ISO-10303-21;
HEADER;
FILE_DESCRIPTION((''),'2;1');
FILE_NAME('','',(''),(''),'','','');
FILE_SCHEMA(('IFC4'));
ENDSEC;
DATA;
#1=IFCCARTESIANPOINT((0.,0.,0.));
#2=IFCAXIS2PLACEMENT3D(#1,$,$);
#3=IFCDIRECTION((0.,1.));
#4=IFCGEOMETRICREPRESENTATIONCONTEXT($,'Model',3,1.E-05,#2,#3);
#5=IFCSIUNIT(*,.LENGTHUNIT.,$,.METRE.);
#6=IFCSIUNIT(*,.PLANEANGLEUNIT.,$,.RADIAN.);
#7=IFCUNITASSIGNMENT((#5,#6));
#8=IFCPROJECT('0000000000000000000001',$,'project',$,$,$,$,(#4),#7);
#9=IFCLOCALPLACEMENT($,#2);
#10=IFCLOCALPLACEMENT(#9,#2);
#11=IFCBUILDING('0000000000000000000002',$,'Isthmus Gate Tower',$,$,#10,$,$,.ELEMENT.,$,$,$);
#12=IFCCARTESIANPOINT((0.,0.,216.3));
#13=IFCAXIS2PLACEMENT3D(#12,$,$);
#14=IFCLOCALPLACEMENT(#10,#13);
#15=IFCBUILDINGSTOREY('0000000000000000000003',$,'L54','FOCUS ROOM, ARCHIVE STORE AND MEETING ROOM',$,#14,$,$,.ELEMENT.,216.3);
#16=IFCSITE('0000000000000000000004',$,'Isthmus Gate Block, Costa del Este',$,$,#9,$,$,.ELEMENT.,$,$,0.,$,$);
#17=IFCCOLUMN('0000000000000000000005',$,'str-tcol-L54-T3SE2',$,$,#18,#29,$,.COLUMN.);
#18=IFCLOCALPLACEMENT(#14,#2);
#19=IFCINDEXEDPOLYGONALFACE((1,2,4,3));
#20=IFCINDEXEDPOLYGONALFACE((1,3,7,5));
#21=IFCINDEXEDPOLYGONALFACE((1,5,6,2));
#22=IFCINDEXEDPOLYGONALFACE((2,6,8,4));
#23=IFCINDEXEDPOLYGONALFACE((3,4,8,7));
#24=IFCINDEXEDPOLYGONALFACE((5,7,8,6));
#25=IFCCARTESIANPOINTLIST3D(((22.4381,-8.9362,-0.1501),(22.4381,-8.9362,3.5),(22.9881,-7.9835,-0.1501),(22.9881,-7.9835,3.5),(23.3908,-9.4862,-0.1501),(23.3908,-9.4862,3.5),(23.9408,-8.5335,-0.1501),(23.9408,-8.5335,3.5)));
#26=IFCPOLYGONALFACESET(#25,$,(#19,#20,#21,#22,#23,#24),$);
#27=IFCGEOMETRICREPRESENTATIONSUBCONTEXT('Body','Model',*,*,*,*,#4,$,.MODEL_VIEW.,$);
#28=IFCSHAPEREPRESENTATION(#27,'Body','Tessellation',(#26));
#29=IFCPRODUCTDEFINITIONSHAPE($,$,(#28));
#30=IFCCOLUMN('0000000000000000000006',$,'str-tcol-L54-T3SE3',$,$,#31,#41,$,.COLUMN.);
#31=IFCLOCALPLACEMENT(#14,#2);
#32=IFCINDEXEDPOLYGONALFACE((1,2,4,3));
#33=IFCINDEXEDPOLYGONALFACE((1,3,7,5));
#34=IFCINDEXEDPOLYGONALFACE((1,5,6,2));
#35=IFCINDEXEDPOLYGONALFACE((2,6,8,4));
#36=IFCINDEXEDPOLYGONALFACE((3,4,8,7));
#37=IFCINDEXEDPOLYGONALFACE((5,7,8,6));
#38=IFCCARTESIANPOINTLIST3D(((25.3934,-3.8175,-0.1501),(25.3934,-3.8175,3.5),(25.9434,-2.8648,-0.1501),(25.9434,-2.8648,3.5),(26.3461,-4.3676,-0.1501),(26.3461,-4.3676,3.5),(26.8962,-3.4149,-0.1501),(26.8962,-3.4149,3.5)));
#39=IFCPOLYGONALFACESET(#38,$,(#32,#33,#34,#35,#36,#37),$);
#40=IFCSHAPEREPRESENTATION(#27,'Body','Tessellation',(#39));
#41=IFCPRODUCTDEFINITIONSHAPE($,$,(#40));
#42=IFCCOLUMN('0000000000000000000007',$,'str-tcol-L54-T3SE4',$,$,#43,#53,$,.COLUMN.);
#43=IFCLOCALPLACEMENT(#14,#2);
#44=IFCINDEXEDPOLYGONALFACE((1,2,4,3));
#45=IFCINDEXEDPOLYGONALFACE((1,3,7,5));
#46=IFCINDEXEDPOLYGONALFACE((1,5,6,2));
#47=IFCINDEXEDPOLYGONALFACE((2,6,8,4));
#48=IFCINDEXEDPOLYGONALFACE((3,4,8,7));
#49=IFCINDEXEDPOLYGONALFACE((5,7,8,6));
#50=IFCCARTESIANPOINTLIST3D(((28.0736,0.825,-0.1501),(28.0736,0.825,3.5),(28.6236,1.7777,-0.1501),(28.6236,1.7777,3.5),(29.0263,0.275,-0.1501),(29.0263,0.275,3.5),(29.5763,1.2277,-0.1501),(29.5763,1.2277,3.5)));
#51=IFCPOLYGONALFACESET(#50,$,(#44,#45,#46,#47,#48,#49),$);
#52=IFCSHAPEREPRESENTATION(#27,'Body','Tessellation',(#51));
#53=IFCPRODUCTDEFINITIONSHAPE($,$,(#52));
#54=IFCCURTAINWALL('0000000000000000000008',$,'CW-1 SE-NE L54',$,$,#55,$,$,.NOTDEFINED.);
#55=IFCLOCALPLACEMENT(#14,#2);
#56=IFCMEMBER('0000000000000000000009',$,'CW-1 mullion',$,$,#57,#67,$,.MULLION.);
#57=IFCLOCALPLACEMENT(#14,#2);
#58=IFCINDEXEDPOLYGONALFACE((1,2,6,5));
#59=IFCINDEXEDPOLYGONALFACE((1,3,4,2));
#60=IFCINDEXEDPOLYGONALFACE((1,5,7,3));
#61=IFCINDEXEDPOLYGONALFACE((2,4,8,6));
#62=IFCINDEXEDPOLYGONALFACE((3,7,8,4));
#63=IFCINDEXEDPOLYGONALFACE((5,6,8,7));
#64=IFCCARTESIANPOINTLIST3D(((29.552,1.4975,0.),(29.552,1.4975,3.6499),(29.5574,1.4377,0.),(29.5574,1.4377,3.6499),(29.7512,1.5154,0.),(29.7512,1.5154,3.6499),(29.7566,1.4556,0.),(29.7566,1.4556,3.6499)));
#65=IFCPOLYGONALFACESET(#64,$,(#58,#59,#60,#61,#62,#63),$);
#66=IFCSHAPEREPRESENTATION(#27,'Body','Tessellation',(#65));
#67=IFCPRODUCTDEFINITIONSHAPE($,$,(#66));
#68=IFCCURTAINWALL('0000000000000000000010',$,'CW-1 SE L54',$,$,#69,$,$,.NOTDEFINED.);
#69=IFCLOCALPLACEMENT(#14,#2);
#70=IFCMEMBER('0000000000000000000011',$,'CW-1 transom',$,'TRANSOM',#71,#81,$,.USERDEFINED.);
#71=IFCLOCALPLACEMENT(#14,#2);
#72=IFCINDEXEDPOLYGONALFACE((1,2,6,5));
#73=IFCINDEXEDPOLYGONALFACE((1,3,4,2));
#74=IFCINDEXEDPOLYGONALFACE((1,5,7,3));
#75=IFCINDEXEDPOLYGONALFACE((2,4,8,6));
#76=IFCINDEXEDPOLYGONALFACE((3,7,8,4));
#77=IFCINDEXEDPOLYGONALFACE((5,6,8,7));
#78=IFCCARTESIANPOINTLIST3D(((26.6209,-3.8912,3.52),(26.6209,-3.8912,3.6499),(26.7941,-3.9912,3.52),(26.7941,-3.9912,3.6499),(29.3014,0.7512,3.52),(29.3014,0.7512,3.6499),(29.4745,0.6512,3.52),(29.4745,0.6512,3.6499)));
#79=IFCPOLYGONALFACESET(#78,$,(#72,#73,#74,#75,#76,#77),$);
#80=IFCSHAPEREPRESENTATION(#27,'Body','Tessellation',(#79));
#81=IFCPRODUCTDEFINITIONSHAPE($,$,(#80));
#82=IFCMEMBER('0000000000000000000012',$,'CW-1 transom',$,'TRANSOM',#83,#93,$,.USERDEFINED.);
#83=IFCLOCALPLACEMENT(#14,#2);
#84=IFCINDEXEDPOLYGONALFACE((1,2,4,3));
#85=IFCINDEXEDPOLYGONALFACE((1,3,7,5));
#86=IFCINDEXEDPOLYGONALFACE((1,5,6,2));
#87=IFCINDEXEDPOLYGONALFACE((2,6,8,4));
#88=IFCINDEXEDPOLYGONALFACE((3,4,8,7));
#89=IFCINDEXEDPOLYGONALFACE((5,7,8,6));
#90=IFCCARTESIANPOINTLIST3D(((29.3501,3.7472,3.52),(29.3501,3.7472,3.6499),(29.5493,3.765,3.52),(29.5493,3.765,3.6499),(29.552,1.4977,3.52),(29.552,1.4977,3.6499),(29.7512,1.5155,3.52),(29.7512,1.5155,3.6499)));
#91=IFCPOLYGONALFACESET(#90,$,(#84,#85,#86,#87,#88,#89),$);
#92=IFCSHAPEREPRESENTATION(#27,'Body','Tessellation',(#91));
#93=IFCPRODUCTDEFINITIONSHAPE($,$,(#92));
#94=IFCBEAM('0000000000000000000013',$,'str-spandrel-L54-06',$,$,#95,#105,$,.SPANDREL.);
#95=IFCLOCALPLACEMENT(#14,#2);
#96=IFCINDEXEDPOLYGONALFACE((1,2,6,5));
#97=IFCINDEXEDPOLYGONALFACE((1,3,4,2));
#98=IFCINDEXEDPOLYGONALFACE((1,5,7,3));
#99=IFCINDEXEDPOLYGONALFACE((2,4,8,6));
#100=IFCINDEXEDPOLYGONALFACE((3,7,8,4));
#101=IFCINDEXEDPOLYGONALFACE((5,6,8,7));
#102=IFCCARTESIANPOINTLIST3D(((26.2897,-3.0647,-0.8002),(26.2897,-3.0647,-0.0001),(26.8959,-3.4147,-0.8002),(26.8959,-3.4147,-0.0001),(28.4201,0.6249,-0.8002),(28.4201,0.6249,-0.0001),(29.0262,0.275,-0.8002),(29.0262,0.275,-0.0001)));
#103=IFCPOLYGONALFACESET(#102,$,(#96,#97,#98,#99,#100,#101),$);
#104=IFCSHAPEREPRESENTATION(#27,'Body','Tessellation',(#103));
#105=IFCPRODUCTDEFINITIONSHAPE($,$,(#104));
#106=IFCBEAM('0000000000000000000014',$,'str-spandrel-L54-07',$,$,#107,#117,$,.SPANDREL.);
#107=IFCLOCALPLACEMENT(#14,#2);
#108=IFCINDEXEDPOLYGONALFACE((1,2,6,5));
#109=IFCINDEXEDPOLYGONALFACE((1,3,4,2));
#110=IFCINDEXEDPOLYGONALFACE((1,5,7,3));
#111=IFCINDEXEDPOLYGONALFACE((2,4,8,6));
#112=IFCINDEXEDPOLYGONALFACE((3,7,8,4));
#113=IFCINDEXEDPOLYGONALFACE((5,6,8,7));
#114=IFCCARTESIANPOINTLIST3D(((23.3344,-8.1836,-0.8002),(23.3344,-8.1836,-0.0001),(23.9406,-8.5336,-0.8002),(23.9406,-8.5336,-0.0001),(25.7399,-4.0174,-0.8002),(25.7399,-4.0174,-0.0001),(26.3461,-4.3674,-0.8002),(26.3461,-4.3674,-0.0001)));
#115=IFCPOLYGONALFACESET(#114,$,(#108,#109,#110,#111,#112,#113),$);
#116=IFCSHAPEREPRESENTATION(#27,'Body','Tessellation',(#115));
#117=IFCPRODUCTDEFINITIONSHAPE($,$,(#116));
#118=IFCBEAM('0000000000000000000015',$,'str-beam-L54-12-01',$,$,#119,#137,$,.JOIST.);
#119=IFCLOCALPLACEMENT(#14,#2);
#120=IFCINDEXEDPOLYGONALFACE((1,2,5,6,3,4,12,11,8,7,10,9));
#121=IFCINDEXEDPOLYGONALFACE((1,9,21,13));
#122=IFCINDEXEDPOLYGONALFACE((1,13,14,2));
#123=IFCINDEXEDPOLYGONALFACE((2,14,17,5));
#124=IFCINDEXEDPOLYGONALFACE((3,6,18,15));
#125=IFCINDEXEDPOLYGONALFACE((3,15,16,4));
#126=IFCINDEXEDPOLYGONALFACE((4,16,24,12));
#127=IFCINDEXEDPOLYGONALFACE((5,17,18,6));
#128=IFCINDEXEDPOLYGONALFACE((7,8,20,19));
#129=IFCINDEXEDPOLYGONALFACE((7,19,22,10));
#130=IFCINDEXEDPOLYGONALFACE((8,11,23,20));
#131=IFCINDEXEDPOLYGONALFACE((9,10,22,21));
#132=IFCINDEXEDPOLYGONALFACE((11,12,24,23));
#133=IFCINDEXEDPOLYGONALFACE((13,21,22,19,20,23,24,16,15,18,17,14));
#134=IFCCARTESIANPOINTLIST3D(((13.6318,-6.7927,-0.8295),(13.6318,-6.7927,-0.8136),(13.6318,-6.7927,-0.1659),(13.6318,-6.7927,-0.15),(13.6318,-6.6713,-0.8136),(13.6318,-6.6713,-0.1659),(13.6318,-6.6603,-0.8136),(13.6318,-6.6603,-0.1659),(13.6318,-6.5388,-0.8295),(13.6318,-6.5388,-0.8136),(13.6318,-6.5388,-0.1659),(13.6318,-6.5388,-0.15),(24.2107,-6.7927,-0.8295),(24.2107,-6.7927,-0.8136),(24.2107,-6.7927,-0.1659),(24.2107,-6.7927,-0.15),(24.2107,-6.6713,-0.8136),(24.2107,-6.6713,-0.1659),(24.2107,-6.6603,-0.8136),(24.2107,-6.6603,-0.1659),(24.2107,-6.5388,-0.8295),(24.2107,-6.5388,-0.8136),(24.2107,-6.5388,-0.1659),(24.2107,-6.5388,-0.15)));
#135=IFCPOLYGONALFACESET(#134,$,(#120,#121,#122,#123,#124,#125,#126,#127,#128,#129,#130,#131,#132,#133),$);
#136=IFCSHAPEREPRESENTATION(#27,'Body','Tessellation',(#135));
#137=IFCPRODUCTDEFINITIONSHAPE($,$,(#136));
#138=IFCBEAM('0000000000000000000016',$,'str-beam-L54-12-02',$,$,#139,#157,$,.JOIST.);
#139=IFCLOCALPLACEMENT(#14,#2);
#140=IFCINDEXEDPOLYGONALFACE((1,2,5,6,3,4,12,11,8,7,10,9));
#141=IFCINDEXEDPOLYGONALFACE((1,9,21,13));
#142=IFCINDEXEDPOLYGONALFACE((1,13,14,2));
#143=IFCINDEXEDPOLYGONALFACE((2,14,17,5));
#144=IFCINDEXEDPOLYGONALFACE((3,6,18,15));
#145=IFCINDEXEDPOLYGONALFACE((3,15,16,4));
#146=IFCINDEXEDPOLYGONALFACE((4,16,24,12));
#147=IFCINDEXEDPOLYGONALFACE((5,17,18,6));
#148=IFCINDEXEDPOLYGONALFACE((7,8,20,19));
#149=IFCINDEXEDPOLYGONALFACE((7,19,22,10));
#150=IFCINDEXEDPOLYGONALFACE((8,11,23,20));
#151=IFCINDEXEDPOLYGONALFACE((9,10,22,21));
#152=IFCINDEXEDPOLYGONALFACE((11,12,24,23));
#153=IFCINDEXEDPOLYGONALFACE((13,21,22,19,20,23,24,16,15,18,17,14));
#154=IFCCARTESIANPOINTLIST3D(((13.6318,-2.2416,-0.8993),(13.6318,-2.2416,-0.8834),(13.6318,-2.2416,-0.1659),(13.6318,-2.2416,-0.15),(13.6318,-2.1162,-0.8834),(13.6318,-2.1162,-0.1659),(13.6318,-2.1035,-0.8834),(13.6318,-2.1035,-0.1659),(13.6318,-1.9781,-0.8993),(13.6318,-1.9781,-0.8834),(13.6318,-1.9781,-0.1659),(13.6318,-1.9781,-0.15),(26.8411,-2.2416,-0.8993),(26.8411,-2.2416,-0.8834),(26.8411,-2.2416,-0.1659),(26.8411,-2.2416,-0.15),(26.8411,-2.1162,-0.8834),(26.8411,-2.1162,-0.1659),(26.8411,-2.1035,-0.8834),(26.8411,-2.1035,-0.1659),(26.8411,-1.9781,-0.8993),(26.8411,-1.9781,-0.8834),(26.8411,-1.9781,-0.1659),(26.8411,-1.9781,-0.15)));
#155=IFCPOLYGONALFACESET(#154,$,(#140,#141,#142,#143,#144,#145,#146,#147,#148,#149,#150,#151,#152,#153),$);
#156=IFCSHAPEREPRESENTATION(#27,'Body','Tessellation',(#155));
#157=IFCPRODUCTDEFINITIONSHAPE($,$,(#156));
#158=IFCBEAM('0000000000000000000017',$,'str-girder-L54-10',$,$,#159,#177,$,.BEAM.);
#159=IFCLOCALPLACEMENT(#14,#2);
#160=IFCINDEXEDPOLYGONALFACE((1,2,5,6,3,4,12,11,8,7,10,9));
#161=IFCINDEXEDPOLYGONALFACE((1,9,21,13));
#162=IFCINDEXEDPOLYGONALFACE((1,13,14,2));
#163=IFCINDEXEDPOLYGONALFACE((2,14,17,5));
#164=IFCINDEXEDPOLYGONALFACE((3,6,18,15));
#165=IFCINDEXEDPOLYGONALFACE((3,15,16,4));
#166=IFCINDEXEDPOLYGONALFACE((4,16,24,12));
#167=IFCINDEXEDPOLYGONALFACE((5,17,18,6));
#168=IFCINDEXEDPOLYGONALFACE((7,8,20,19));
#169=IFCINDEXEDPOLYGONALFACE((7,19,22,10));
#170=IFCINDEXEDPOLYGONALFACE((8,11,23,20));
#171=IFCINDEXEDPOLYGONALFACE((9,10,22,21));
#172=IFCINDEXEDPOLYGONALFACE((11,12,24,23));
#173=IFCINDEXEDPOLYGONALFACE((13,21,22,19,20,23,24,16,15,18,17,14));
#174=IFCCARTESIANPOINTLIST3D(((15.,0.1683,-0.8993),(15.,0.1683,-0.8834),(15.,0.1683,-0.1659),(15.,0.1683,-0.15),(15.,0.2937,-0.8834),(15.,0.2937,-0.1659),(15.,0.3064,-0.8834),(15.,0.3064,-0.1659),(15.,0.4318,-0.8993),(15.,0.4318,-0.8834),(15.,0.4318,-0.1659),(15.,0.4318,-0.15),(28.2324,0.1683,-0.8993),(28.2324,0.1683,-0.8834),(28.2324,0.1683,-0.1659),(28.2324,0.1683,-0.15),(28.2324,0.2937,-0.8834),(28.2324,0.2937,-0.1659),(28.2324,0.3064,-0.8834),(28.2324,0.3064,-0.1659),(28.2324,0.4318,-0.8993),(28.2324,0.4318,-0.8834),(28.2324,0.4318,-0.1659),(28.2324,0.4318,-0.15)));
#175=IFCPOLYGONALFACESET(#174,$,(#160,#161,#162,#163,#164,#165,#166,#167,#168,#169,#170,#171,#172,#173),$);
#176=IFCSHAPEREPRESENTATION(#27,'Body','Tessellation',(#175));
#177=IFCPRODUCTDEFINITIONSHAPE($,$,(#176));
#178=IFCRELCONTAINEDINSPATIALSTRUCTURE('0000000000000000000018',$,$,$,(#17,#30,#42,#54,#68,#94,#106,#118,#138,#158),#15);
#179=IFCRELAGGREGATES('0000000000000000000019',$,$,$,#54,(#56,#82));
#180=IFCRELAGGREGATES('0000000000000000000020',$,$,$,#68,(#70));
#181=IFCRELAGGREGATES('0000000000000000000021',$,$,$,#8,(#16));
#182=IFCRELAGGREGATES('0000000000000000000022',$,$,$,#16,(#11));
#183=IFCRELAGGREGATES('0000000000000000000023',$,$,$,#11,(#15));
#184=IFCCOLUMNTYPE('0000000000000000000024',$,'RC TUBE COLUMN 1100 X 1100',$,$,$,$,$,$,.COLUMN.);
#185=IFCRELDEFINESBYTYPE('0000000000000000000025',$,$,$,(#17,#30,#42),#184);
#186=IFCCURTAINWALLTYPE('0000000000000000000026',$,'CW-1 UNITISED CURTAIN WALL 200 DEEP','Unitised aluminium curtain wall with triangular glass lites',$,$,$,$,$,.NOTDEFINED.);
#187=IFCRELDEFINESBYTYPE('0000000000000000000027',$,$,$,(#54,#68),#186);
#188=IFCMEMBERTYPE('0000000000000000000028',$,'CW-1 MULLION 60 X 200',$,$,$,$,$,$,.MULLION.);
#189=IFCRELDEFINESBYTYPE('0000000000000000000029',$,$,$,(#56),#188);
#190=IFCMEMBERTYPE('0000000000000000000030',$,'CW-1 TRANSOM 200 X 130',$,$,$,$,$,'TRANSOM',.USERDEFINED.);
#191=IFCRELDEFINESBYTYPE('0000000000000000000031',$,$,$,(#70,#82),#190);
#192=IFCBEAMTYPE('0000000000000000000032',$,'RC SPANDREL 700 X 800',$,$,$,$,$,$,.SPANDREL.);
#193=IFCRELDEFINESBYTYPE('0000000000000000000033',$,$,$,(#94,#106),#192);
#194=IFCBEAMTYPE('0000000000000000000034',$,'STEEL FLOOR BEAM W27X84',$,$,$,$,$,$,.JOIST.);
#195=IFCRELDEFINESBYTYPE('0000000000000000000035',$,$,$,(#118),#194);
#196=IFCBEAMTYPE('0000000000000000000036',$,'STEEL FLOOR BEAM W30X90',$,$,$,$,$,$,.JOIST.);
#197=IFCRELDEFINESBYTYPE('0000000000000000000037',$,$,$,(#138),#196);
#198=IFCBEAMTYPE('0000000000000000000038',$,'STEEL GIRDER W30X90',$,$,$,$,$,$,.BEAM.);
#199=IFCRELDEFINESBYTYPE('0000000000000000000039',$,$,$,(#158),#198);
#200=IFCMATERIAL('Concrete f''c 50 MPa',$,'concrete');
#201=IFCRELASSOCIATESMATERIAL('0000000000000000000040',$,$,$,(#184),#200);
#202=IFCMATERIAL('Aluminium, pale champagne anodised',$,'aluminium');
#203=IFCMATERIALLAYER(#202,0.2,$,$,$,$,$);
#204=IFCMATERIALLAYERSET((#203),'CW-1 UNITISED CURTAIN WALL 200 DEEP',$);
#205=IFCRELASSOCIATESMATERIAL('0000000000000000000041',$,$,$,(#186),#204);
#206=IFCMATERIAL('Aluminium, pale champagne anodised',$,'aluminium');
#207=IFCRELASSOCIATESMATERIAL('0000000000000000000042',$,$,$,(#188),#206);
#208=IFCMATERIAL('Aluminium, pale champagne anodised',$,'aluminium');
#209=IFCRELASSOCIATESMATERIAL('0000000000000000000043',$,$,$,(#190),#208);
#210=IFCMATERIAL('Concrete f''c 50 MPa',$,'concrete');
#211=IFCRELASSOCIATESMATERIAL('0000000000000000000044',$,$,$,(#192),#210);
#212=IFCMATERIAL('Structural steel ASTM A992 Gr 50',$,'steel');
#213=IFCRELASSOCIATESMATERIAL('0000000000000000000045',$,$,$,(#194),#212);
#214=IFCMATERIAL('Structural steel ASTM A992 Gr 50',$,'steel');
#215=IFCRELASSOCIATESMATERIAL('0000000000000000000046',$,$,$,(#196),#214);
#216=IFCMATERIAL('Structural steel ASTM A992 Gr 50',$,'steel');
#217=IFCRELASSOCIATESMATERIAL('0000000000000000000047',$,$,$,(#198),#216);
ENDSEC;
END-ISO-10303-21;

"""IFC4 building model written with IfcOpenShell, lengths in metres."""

from ifc_helpers import new_model, si_unit, direction, frame, origin, origin_2d, place, context, subcontext, project, spatial, rectangle, i_section, extrude, material, layer, layer_set, material_profile, profile_set, type_object, element, aggregate, save


model = new_model("IFC4")

# Units and contexts
model_context = context("Model", 3, precision=1e-05, world=origin(), true_north=direction((0.0, 1.0)))
body_context = subcontext(model_context, "Body", "Model", "MODEL_VIEW")
ifc_project = project(units=[si_unit("LENGTHUNIT", "METRE"), si_unit("PLANEANGLEUNIT", "RADIAN")], contexts=[model_context])

# Site, building, storey
site_placement = place(None, origin())
site = spatial("IfcSite", under=ifc_project, at=site_placement, Name="Isthmus Gate Block, Costa del Este", CompositionType="ELEMENT", RefElevation=0.0)
building_placement = place(site_placement, origin())
building = spatial("IfcBuilding", under=site, at=building_placement, Name="Isthmus Gate Tower", CompositionType="ELEMENT")
storey_placement = place(building_placement, frame((0.0, 0.0, 216.3)))
storey = spatial("IfcBuildingStorey", under=building, at=storey_placement, Name="L54", Description="FOCUS ROOM, ARCHIVE STORE AND MEETING ROOM", CompositionType="ELEMENT", Elevation=216.3)

# Columns
ifc_material_1 = material(Name="Concrete f'c 50 MPa", Category="concrete")
ifc_material_profile_1 = material_profile(ifc_material_1, rectangle(XDim=1.1001, YDim=1.1001, at=origin_2d()), Name="RC 1100X1100")
ifc_profile_set_1 = profile_set([ifc_material_profile_1], Name="Concrete f'c 50 MPa")
column_type = type_object("IfcColumnType", Name="RC TUBE COLUMN 1100 X 1100", PredefinedType="COLUMN", material=ifc_profile_set_1)
for number, where, z_axis, x_axis, name in (
    (1, (23.1895, -8.7349, -0.1501), (0.0, 0.0, 1.0), (0.5, 0.866025, 0.0), "str-tcol-L54-T3SE2"),
    (2, (26.1448, -3.6162, -0.1501), (0.0, 0.0, 1.0), (0.5, 0.866025, 0.0), "str-tcol-L54-T3SE3"),
    (3, (28.825, 1.0264, -0.1501), (0.0, 0.0, 1.0), (0.5, 0.866025, 0.0), "str-tcol-L54-T3SE4"),
):
    element("IfcColumn", number, at=place(storey_placement, frame(where, z_axis=z_axis, x_axis=x_axis)), inside=storey, type_object=column_type, Name=name, PredefinedType="COLUMN", context=body_context, shape_type="SweptSolid", body=[
        extrude(rectangle(XDim=1.1001, YDim=1.1001, at=origin_2d()), origin(), (0.0, 0.0, 1.0), 3.6501),
    ])

# Curtain walls, members
ifc_material_2 = material(Name="Aluminium, pale champagne anodised", Category="aluminium")
ifc_layer_1 = layer(ifc_material_2, 0.2)
ifc_layer_set_1 = layer_set([ifc_layer_1], Name="CW-1 UNITISED CURTAIN WALL 200 DEEP")
curtain_wall_type = type_object("IfcCurtainWallType", Name="CW-1 UNITISED CURTAIN WALL 200 DEEP", Description="Unitised aluminium curtain wall with triangular glass lites", PredefinedType="NOTDEFINED", material=ifc_layer_set_1)
curtain_wall_1_placement = place(storey_placement, origin())
curtain_wall_1 = element("IfcCurtainWall", 4, at=curtain_wall_1_placement, inside=storey, type_object=curtain_wall_type, Name="CW-1 SE-NE L54", PredefinedType="NOTDEFINED")
ifc_material_3 = material(Name="Aluminium, pale champagne anodised", Category="aluminium")
ifc_material_profile_2 = material_profile(ifc_material_3, rectangle(XDim=0.0601, YDim=0.2, at=origin_2d()), Name="60x200")
ifc_profile_set_2 = profile_set([ifc_material_profile_2], Name="Aluminium, pale champagne anodised")
member_type_1 = type_object("IfcMemberType", Name="CW-1 MULLION 60 X 200", PredefinedType="MULLION", material=ifc_profile_set_2)
member_1_placement = place(storey_placement, frame((29.6543, 1.4766, 0.0), z_axis=(0.0, 0.0, 1.0), x_axis=(-0.089397, 0.995996, 0.0)))
member_1 = element("IfcMember", 5, at=member_1_placement, type_object=member_type_1, Name="CW-1 mullion", PredefinedType="MULLION", context=body_context, shape_type="SweptSolid", body=[
    extrude(rectangle(XDim=0.0601, YDim=0.2, at=origin_2d()), origin(), (0.0, 0.0, 1.0), 3.6499),
])
curtain_wall_2_placement = place(storey_placement, origin())
curtain_wall_2 = element("IfcCurtainWall", 6, at=curtain_wall_2_placement, inside=storey, type_object=curtain_wall_type, Name="CW-1 SE L54", PredefinedType="NOTDEFINED")
ifc_material_4 = material(Name="Aluminium, pale champagne anodised", Category="aluminium")
ifc_material_profile_3 = material_profile(ifc_material_4, rectangle(XDim=0.2, YDim=0.1299, at=origin_2d()), Name="200x130")
ifc_profile_set_3 = profile_set([ifc_material_profile_3], Name="Aluminium, pale champagne anodised")
member_type_2 = type_object("IfcMemberType", Name="CW-1 TRANSOM 200 X 130", ElementType="TRANSOM", PredefinedType="USERDEFINED", material=ifc_profile_set_3)
member_2_placement = place(storey_placement, frame((26.7075, -3.9412, 3.585), z_axis=(0.500023, 0.866012, 0.0), x_axis=(-0.866012, 0.500023, 0.0)))
member_2 = element("IfcMember", 7, at=member_2_placement, type_object=member_type_2, Name="CW-1 transom", ObjectType="TRANSOM", PredefinedType="USERDEFINED", context=body_context, shape_type="SweptSolid", body=[
    extrude(rectangle(XDim=0.2, YDim=0.1299, at=origin_2d()), origin(), (0.0, 0.0, 1.0), 5.3606),
])

# Member
member_3_placement = place(storey_placement, frame((29.6516, 1.5066, 3.585), z_axis=(-0.089395, 0.995996, 0.0), x_axis=(-0.995996, -0.089395, 0.0)))
member_3 = element("IfcMember", 8, at=member_3_placement, type_object=member_type_2, Name="CW-1 transom", ObjectType="TRANSOM", PredefinedType="USERDEFINED", context=body_context, shape_type="SweptSolid", body=[
    extrude(rectangle(XDim=0.2, YDim=0.1299, at=origin_2d()), origin(), (0.0, 0.0, 1.0), 2.2585),
])
aggregate(curtain_wall_1, [member_1, member_3])

# Beams
ifc_material_5 = material(Name="Concrete f'c 50 MPa", Category="concrete")
ifc_material_profile_4 = material_profile(ifc_material_5, rectangle(XDim=0.7, YDim=0.8, at=origin_2d()), Name="RC 700X800")
ifc_profile_set_4 = profile_set([ifc_material_profile_4], Name="Concrete f'c 50 MPa")
beam_type_1 = type_object("IfcBeamType", Name="RC SPANDREL 700 X 800", PredefinedType="SPANDREL", material=ifc_profile_set_4)
beam_1_placement = place(storey_placement, frame((28.7231, 0.45, -0.4001), z_axis=(-0.500022, -0.866013, 0.0), x_axis=(0.866013, -0.500022, 0.0)))
element("IfcBeam", 9, at=beam_1_placement, inside=storey, type_object=beam_type_1, Name="str-spandrel-L54-06", PredefinedType="SPANDREL", context=body_context, shape_type="SweptSolid", body=[
    extrude(rectangle(XDim=0.7, YDim=0.8, at=origin_2d()), origin(), (0.0, 0.0, 1.0), 4.2605),
])
beam_2_placement = place(storey_placement, frame((26.043, -4.1924, -0.4001), z_axis=(-0.50002, -0.866014, 0.0), x_axis=(0.866014, -0.50002, 0.0)))
element("IfcBeam", 10, at=beam_2_placement, inside=storey, type_object=beam_type_1, Name="str-spandrel-L54-07", PredefinedType="SPANDREL", context=body_context, shape_type="SweptSolid", body=[
    extrude(rectangle(XDim=0.7, YDim=0.8, at=origin_2d()), origin(), (0.0, 0.0, 1.0), 4.8108),
])
ifc_material_6 = material(Name="Structural steel ASTM A992 Gr 50", Category="steel")
ifc_material_profile_5 = material_profile(ifc_material_6, i_section(OverallWidth=0.2539, OverallDepth=0.6794, WebThickness=0.011, FlangeThickness=0.0159, at=origin_2d()), Name="W27X84")
ifc_profile_set_5 = profile_set([ifc_material_profile_5], Name="Structural steel ASTM A992 Gr 50")
beam_type_2 = type_object("IfcBeamType", Name="STEEL FLOOR BEAM W27X84", PredefinedType="JOIST", material=ifc_profile_set_5)
beam_3_placement = place(storey_placement, frame((13.6318, -6.6658, -0.4897), z_axis=(1.0, 0.0, 0.0), x_axis=(0.0, 1.0, 0.0)))
element("IfcBeam", 11, at=beam_3_placement, inside=storey, type_object=beam_type_2, Name="str-beam-L54-12-01", PredefinedType="JOIST", context=body_context, shape_type="SweptSolid", body=[
    extrude(i_section(OverallWidth=0.2539, OverallDepth=0.6794, WebThickness=0.011, FlangeThickness=0.0159, at=origin_2d()), origin(), (0.0, 0.0, 1.0), 10.5789),
])
ifc_material_7 = material(Name="Structural steel ASTM A992 Gr 50", Category="steel")
ifc_material_profile_6 = material_profile(ifc_material_7, i_section(OverallWidth=0.2634, OverallDepth=0.7493, WebThickness=0.0127, FlangeThickness=0.0159, at=origin_2d()), Name="W30X90")
ifc_profile_set_6 = profile_set([ifc_material_profile_6], Name="Structural steel ASTM A992 Gr 50")
beam_type_3 = type_object("IfcBeamType", Name="STEEL FLOOR BEAM W30X90", PredefinedType="JOIST", material=ifc_profile_set_6)
beam_4_placement = place(storey_placement, frame((13.6318, -2.1099, -0.5247), z_axis=(1.0, 0.0, 0.0), x_axis=(0.0, 1.0, 0.0)))
element("IfcBeam", 12, at=beam_4_placement, inside=storey, type_object=beam_type_3, Name="str-beam-L54-12-02", PredefinedType="JOIST", context=body_context, shape_type="SweptSolid", body=[
    extrude(i_section(OverallWidth=0.2634, OverallDepth=0.7493, WebThickness=0.0127, FlangeThickness=0.0159, at=origin_2d()), origin(), (0.0, 0.0, 1.0), 13.2092),
])
ifc_material_8 = material(Name="Structural steel ASTM A992 Gr 50", Category="steel")
ifc_material_profile_7 = material_profile(ifc_material_8, i_section(OverallWidth=0.2634, OverallDepth=0.7493, WebThickness=0.0127, FlangeThickness=0.0159, at=origin_2d()), Name="W30X90")
ifc_profile_set_7 = profile_set([ifc_material_profile_7], Name="Structural steel ASTM A992 Gr 50")
beam_type_4 = type_object("IfcBeamType", Name="STEEL GIRDER W30X90", PredefinedType="BEAM", material=ifc_profile_set_7)
beam_5_placement = place(storey_placement, frame((15.0, 0.3, -0.5247), z_axis=(1.0, 0.0, 0.0), x_axis=(0.0, 1.0, 0.0)))
element("IfcBeam", 13, at=beam_5_placement, inside=storey, type_object=beam_type_4, Name="str-girder-L54-10", PredefinedType="BEAM", context=body_context, shape_type="SweptSolid", body=[
    extrude(i_section(OverallWidth=0.2634, OverallDepth=0.7493, WebThickness=0.0127, FlangeThickness=0.0159, at=origin_2d()), origin(), (0.0, 0.0, 1.0), 13.2324),
])

aggregate(curtain_wall_2, [member_2])

save(model, "model.ifc")
